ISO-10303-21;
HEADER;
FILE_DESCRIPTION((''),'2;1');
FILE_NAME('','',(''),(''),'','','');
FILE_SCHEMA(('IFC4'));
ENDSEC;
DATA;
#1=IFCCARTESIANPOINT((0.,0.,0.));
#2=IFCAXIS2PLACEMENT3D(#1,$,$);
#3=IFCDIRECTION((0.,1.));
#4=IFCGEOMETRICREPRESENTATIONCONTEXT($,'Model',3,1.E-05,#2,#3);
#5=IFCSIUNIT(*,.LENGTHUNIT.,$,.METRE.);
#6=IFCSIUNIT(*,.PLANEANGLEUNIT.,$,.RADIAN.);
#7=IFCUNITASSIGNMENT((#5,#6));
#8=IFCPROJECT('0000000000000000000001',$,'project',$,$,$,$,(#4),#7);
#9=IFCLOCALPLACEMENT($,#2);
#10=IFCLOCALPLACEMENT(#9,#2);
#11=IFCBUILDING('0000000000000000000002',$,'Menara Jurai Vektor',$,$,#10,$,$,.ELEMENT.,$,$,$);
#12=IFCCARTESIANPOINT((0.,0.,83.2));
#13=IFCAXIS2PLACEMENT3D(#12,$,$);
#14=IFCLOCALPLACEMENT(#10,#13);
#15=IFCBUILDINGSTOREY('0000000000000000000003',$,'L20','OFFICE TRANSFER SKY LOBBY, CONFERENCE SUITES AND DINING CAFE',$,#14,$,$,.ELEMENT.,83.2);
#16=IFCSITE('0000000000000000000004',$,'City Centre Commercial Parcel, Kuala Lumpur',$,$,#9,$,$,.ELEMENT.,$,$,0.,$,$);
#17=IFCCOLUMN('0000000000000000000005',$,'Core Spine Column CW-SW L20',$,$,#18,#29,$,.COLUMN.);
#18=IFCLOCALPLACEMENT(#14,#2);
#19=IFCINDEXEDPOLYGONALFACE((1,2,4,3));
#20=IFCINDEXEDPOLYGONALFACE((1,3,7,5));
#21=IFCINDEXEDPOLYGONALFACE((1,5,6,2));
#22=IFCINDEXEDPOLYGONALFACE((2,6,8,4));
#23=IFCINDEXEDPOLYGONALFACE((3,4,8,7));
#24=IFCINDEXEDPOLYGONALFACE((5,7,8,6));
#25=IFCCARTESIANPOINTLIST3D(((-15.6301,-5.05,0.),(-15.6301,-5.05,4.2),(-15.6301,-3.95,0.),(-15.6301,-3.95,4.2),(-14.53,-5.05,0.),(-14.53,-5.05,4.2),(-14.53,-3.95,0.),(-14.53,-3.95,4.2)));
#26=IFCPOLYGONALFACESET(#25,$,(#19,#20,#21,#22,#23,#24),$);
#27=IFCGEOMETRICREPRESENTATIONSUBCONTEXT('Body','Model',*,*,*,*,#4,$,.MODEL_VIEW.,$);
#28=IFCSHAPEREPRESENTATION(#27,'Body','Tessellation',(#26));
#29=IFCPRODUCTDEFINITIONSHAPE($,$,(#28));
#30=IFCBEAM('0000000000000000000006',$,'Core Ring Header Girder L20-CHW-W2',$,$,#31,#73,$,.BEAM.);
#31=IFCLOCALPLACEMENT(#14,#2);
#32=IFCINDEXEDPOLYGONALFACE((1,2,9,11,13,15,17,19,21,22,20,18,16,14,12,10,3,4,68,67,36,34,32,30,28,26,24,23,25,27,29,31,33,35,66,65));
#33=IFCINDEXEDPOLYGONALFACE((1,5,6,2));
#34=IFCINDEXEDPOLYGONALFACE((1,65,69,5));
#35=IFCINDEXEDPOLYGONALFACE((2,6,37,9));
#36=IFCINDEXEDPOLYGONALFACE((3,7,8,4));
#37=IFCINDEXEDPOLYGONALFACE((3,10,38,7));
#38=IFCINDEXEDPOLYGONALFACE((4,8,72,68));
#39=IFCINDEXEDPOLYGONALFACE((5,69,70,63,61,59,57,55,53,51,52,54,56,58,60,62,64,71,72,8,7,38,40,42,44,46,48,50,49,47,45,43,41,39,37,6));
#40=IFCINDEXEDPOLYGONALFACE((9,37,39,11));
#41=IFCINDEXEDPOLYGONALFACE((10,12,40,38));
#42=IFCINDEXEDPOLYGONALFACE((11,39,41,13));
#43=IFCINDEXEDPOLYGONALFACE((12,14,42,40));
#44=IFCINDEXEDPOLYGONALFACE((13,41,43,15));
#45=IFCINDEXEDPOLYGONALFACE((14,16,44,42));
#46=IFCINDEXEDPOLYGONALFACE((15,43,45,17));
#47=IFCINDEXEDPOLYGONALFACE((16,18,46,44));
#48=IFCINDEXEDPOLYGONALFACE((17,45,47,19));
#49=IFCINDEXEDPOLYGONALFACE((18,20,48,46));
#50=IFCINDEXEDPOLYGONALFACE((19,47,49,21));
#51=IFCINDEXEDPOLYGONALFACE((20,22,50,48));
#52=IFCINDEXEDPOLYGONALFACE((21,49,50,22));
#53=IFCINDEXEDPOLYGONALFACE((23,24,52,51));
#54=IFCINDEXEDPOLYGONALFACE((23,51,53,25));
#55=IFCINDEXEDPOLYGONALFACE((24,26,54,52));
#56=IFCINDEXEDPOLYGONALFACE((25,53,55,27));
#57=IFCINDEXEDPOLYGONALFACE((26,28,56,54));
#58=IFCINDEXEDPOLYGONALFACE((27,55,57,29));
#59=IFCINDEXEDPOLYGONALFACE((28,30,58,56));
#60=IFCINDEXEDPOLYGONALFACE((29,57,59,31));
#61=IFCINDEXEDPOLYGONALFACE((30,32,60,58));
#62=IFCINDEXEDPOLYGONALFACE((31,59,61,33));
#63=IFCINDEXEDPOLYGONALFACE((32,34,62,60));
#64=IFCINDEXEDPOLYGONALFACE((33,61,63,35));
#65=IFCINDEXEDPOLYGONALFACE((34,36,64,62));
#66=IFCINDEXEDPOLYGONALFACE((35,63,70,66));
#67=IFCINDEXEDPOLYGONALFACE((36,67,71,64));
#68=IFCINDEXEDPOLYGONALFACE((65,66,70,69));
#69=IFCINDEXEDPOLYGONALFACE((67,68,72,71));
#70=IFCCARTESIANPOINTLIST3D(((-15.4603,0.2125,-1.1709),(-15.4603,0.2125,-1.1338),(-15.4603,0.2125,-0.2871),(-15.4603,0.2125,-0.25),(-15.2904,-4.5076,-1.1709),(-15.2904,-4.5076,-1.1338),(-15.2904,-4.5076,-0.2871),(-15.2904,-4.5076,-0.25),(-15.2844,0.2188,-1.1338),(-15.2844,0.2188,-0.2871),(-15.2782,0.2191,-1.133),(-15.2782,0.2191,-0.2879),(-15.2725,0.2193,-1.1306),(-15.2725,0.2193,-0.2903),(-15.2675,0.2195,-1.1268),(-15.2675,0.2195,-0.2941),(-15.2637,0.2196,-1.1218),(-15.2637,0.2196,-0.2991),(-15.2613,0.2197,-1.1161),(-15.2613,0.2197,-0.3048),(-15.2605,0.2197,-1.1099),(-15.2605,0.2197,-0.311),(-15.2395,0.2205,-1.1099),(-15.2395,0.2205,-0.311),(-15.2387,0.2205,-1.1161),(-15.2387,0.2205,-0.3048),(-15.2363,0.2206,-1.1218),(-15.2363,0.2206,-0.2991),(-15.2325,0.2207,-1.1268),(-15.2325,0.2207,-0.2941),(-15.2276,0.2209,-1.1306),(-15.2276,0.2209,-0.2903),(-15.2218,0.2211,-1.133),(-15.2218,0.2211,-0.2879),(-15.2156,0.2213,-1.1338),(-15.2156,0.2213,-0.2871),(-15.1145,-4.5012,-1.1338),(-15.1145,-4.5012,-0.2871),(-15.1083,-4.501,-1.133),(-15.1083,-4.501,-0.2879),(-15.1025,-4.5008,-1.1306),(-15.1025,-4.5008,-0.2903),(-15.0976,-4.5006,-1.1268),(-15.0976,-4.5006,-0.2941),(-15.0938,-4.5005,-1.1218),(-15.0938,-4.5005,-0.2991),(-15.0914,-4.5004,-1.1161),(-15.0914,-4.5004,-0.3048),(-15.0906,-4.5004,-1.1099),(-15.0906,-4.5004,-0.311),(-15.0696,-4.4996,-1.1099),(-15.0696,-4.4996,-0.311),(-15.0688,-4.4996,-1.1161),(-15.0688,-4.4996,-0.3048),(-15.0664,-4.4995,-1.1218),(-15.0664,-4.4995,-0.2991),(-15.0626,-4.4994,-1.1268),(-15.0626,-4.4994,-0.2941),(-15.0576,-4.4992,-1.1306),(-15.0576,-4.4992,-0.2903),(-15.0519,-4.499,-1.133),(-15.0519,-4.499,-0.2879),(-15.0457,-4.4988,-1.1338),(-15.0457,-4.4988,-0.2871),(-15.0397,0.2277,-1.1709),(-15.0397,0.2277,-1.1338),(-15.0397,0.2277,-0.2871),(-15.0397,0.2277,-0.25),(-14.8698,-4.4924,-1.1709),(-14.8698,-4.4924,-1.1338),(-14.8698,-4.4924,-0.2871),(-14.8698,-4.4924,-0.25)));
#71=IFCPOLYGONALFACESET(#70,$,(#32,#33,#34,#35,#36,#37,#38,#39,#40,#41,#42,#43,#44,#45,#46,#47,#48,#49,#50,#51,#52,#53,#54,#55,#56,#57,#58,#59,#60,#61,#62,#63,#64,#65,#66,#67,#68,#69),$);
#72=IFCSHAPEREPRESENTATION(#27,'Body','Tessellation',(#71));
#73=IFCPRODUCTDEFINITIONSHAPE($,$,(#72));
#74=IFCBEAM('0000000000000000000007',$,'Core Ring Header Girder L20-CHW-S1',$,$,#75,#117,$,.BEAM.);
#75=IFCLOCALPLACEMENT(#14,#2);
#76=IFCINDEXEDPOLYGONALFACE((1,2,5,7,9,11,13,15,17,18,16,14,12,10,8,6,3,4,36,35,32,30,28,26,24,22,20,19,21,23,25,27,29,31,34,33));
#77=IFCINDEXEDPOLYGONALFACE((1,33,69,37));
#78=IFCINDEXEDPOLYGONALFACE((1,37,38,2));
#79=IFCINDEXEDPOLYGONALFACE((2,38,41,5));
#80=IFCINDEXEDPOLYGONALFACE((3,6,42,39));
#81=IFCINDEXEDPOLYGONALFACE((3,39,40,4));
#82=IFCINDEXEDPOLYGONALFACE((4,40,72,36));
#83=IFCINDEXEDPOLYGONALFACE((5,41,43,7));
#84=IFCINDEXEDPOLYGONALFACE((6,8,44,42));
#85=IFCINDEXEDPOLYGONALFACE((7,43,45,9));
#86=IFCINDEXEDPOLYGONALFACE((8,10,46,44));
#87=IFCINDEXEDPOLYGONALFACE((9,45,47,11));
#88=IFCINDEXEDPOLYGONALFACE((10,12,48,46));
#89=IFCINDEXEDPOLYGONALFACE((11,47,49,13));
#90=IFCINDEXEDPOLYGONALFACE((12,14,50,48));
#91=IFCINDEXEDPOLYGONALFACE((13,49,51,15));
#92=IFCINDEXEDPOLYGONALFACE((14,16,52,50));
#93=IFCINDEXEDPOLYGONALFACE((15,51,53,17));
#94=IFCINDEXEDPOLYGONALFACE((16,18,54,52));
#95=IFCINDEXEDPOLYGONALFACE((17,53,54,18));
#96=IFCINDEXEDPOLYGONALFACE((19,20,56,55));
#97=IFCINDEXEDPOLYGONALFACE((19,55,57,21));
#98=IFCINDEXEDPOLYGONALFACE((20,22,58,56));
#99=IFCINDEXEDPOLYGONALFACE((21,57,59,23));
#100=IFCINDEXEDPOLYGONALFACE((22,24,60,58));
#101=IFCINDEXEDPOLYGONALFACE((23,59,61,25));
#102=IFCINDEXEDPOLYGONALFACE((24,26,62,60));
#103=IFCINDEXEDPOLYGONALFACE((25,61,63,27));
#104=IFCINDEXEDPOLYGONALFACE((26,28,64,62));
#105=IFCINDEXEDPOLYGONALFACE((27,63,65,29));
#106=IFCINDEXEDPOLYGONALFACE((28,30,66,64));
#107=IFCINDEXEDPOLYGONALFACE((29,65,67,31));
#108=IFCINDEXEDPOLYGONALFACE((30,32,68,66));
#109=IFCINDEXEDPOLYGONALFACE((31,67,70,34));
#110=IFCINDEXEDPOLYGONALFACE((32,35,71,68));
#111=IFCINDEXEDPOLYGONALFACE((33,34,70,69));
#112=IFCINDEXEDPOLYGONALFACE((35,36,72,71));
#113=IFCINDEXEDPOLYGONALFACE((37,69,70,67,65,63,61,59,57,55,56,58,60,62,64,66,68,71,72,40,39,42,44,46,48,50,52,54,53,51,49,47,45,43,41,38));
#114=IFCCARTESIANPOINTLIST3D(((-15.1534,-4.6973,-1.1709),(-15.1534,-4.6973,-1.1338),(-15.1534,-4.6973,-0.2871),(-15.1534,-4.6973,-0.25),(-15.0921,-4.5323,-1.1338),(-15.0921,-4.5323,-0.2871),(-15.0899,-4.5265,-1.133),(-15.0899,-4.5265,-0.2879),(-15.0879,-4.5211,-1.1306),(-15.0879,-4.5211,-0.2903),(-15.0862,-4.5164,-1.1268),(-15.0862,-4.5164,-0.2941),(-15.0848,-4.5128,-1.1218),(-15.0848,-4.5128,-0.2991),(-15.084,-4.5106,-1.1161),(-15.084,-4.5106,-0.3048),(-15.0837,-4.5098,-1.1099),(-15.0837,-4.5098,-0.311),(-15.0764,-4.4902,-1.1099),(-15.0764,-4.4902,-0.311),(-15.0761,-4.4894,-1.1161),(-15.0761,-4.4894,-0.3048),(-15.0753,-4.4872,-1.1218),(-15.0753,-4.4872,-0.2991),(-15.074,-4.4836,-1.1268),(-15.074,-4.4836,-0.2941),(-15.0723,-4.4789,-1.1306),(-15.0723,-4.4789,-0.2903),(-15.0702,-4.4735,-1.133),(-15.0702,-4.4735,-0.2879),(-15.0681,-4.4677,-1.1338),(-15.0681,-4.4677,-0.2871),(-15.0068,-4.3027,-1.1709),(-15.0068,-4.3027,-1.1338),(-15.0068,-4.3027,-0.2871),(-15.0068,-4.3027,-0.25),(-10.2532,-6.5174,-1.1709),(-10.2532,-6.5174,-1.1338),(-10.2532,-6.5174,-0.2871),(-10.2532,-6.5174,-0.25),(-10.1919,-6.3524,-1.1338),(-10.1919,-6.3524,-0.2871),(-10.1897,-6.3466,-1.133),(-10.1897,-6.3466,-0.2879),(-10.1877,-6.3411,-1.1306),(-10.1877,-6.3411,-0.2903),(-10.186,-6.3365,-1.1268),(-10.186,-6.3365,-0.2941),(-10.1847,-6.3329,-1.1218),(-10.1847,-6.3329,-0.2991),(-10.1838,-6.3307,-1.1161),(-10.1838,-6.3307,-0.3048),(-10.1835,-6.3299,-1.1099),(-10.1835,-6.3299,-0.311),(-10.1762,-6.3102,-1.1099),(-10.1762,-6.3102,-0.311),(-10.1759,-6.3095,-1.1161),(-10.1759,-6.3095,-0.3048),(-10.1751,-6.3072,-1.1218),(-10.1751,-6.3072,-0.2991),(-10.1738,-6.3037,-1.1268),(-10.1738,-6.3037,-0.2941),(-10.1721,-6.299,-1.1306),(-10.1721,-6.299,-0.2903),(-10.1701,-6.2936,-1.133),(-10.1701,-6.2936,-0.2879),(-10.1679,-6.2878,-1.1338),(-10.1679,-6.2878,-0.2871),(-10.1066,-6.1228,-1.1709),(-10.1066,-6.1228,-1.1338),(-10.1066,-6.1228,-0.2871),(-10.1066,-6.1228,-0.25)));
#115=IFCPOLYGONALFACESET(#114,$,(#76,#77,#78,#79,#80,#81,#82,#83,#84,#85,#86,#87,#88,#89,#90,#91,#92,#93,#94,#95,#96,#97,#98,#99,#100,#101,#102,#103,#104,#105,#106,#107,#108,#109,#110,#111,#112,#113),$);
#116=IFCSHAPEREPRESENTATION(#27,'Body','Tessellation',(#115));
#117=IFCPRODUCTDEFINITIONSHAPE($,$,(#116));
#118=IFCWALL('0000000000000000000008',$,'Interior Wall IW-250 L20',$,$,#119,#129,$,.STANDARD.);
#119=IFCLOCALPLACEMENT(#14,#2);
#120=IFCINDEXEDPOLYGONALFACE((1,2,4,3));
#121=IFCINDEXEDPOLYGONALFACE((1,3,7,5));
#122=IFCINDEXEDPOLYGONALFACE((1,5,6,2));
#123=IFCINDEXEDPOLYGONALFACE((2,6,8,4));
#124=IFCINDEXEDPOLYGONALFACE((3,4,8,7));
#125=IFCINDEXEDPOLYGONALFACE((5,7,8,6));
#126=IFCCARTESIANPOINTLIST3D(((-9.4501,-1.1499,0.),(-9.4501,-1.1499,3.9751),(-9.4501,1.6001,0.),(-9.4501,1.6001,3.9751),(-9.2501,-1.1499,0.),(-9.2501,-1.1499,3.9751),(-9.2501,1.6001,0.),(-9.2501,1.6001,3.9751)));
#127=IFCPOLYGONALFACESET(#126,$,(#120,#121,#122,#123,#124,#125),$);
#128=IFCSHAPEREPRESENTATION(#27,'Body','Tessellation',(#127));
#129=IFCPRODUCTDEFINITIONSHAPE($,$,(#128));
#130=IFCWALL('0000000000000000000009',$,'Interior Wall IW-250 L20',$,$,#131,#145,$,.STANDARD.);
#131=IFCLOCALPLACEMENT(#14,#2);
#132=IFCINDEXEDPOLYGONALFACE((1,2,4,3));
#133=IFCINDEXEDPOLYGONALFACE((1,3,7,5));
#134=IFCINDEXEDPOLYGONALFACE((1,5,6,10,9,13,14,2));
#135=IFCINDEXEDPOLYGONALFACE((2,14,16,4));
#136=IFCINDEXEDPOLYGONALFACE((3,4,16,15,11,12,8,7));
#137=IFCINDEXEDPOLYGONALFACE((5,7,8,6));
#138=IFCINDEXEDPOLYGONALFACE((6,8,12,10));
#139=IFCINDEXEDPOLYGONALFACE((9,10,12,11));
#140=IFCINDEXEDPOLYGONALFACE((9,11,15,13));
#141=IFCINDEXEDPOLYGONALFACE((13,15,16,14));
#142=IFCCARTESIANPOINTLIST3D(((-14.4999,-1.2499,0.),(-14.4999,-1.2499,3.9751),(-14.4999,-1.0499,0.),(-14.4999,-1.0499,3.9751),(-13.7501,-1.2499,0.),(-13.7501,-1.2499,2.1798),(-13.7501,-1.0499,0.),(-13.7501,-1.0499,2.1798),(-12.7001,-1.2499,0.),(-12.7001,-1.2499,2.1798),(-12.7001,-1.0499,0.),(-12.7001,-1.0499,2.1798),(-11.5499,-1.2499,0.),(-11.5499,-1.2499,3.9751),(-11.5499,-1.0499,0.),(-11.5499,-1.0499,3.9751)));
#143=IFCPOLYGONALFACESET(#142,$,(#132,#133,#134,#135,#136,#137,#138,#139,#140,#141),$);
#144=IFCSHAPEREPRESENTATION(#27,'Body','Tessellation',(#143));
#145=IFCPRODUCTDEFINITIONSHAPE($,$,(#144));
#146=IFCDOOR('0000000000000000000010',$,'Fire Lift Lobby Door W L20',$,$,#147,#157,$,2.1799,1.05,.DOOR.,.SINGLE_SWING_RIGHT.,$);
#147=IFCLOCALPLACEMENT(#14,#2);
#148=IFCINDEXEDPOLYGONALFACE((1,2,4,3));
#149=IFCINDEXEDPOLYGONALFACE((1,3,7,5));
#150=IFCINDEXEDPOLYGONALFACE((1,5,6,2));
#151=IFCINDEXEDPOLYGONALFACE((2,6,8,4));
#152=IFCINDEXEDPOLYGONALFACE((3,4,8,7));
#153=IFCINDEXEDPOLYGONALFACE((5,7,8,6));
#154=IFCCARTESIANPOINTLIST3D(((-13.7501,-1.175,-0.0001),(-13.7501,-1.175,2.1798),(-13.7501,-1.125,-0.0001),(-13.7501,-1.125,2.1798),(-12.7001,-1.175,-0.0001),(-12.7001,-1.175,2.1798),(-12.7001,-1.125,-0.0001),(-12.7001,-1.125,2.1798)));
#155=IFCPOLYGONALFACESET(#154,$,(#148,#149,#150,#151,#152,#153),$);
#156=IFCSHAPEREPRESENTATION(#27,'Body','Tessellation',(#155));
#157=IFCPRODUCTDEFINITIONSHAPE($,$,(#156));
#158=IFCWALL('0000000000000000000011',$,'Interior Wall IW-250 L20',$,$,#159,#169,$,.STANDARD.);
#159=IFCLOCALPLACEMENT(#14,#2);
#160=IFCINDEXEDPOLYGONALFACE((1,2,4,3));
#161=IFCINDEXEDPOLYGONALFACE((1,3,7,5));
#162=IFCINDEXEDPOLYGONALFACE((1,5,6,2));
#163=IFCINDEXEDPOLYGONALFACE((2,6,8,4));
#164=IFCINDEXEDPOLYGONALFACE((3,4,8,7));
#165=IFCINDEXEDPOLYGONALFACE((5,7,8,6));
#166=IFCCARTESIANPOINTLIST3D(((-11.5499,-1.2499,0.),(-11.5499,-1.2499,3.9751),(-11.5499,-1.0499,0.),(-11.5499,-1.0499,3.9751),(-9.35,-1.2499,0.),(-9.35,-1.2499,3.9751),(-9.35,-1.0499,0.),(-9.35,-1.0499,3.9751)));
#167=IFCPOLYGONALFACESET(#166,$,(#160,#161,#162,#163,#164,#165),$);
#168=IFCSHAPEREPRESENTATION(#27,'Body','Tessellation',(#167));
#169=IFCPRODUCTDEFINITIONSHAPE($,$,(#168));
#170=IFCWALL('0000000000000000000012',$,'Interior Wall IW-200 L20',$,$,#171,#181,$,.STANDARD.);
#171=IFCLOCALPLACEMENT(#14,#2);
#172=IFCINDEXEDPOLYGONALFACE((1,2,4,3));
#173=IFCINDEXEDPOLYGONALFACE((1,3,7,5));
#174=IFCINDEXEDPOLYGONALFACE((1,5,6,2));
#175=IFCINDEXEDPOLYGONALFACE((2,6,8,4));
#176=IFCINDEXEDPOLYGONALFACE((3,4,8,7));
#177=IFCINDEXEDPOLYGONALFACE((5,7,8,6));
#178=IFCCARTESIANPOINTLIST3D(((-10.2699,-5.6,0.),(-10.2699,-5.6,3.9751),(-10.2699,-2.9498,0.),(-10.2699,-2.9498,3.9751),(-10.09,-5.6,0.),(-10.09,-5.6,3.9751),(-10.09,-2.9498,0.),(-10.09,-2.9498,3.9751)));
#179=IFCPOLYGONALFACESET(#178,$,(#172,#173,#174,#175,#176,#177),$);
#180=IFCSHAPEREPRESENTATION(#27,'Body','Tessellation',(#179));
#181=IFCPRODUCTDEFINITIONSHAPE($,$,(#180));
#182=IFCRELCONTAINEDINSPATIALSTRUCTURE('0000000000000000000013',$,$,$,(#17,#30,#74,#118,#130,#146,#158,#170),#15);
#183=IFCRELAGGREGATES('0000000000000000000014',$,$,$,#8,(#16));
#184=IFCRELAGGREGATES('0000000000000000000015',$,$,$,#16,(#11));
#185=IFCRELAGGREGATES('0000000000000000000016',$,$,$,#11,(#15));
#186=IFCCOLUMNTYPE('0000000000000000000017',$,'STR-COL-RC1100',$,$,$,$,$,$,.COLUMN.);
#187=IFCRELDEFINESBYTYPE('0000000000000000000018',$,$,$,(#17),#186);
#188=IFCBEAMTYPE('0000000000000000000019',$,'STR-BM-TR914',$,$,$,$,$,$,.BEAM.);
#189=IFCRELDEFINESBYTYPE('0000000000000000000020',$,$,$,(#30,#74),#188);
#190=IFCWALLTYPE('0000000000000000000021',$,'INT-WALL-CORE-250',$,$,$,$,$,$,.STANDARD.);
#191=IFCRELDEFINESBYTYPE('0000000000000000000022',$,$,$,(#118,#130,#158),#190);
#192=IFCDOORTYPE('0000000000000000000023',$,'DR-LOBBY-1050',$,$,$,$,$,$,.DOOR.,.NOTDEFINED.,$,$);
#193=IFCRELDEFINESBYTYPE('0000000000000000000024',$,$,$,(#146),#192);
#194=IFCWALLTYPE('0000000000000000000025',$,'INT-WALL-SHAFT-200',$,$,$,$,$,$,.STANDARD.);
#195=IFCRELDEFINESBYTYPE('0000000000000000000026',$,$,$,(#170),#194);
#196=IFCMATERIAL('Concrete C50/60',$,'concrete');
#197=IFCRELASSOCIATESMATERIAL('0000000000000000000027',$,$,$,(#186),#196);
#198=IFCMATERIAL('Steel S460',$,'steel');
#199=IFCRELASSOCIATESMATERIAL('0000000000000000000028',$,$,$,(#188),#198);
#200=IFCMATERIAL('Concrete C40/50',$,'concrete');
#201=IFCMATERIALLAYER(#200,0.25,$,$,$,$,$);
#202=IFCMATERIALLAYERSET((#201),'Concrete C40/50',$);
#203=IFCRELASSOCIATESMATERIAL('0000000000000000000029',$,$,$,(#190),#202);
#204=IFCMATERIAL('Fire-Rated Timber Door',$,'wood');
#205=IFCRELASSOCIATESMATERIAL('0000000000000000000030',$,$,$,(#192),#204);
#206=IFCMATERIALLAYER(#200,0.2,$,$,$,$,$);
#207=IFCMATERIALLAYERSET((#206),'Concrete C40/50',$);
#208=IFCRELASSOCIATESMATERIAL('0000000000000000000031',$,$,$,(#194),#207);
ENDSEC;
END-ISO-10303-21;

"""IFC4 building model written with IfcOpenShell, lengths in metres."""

from ifc_helpers import new_model, si_unit, direction, frame, frame_2d, origin, origin_2d, place, context, subcontext, project, spatial, rectangle, i_section, extrude, material, layer, layer_set, material_profile, profile_set, type_object, element, fill, save


model = new_model("IFC4")

# Units and contexts
model_context = context("Model", 3, precision=1e-05, world=origin(), true_north=direction((0.0, 1.0)))
body_context = subcontext(model_context, "Body", "Model", "MODEL_VIEW")
ifc_project = project(units=[si_unit("LENGTHUNIT", "METRE"), si_unit("PLANEANGLEUNIT", "RADIAN")], contexts=[model_context])

# Site, building, storey
site_placement = place(None, origin())
site = spatial("IfcSite", under=ifc_project, at=site_placement, Name="City Centre Commercial Parcel, Kuala Lumpur", CompositionType="ELEMENT", RefElevation=0.0)
building_placement = place(site_placement, origin())
building = spatial("IfcBuilding", under=site, at=building_placement, Name="Menara Jurai Vektor", CompositionType="ELEMENT")
storey_placement = place(building_placement, frame((0.0, 0.0, 83.2)))
storey = spatial("IfcBuildingStorey", under=building, at=storey_placement, Name="L20", Description="OFFICE TRANSFER SKY LOBBY, CONFERENCE SUITES AND DINING CAFE", CompositionType="ELEMENT", Elevation=83.2)

# Column
ifc_material_1 = material(Name="Concrete C50/60", Category="concrete")
ifc_material_profile_1 = material_profile(ifc_material_1, rectangle(XDim=1.1001, YDim=1.1001, at=origin_2d()), Name="RC 1100x1100")
ifc_profile_set_1 = profile_set([ifc_material_profile_1], Name="Concrete C50/60")
column_type = type_object("IfcColumnType", Name="STR-COL-RC1100", PredefinedType="COLUMN", material=ifc_profile_set_1)
column_placement = place(storey_placement, frame((-15.0801, -4.5, 0.0), z_axis=(0.0, 0.0, 1.0), x_axis=(1.0, 0.0, 0.0)))
element("IfcColumn", 1, at=column_placement, inside=storey, type_object=column_type, Name="Core Spine Column CW-SW L20", PredefinedType="COLUMN", context=body_context, shape_type="SweptSolid", body=[
    extrude(rectangle(XDim=1.1001, YDim=1.1001, at=origin_2d()), origin(), (0.0, 0.0, 1.0), 4.2),
])

# Beams
ifc_material_2 = material(Name="Steel S460", Category="steel")
ifc_material_profile_2 = material_profile(ifc_material_2, i_section(OverallWidth=0.4209, OverallDepth=0.9209, WebThickness=0.021, FlangeThickness=0.0371, FilletRadius=0.0239, at=origin_2d()), Name="UKB 914x419x388")
ifc_profile_set_2 = profile_set([ifc_material_profile_2], Name="Steel S460")
beam_type = type_object("IfcBeamType", Name="STR-BM-TR914", PredefinedType="BEAM", material=ifc_profile_set_2)
beam_1_placement = place(storey_placement, frame((-15.0801, -4.5, -0.7104), z_axis=(-0.035977, 0.999353, 0.0), x_axis=(-0.999353, -0.035977, 0.0)))
element("IfcBeam", 2, at=beam_1_placement, inside=storey, type_object=beam_type, Name="Core Ring Header Girder L20-CHW-W2", PredefinedType="BEAM", context=body_context, shape_type="SweptSolid", body=[
    extrude(i_section(OverallWidth=0.4209, OverallDepth=0.9209, WebThickness=0.021, FlangeThickness=0.0371, FilletRadius=0.0239, at=origin_2d()), origin(), (0.0, 0.0, 1.0), 4.7231),
])
beam_2_placement = place(storey_placement, frame((-15.0801, -4.5, -0.7104), z_axis=(0.937424, -0.348189, 0.0), x_axis=(0.348189, 0.937424, 0.0)))
element("IfcBeam", 3, at=beam_2_placement, inside=storey, type_object=beam_type, Name="Core Ring Header Girder L20-CHW-S1", PredefinedType="BEAM", context=body_context, shape_type="SweptSolid", body=[
    extrude(i_section(OverallWidth=0.4209, OverallDepth=0.9209, WebThickness=0.021, FlangeThickness=0.0371, FilletRadius=0.0239, at=origin_2d()), origin(), (0.0, 0.0, 1.0), 5.2273),
])

# Shared definitions
ifc_material_3 = material(Name="Concrete C40/50", Category="concrete")
ifc_layer_1 = layer(ifc_material_3, 0.25)
ifc_layer_set_1 = layer_set([ifc_layer_1], Name="Concrete C40/50")
wall_type_1 = type_object("IfcWallType", Name="INT-WALL-CORE-250", PredefinedType="STANDARD", material=ifc_layer_set_1)

# Wall
wall_1_placement = place(storey_placement, frame((-9.3501, -1.1499, 0.0), z_axis=(0.0, 0.0, 1.0), x_axis=(0.0, 1.0, 0.0)))
element("IfcWall", 4, at=wall_1_placement, inside=storey, type_object=wall_type_1, Name="Interior Wall IW-250 L20", PredefinedType="STANDARD", context=body_context, shape_type="SweptSolid", body=[
    extrude(rectangle(XDim=2.75, YDim=0.2, at=frame_2d((1.375, 0.0))), origin(), (0.0, 0.0, 1.0), 3.9751),
])

# Wall, opening, door
wall_2_placement = place(storey_placement, frame((-14.5, -1.1499, 0.0), z_axis=(0.0, 0.0, 1.0), x_axis=(1.0, 0.0, 0.0)))
wall_2 = element("IfcWall", 5, at=wall_2_placement, inside=storey, type_object=wall_type_1, Name="Interior Wall IW-250 L20", PredefinedType="STANDARD", context=body_context, shape_type="SweptSolid", body=[
    extrude(rectangle(XDim=2.95, YDim=0.2, at=frame_2d((1.4751, 0.0))), origin(), (0.0, 0.0, 1.0), 3.9751),
])
opening_1_placement = place(wall_2_placement, frame((0.75, 0.0, 0.0)))
opening_1 = element("IfcOpeningElement", 6, at=opening_1_placement, cuts=wall_2, PredefinedType="OPENING", context=body_context, shape_type="SweptSolid", body=[
    extrude(rectangle(XDim=1.05, YDim=2.1799, at=frame_2d((0.5249, 1.0898))), frame((0.0, 0.1099, 0.0), z_axis=(0.0, -1.0, 0.0), x_axis=(1.0, 0.0, 0.0)), (0.0, 0.0, 1.0), 0.22),
])
ifc_material_4 = material(Name="Fire-Rated Timber Door", Category="wood")
door_type_1 = type_object("IfcDoorType", Name="DR-LOBBY-1050", OperationType="NOTDEFINED", PredefinedType="DOOR", material=ifc_material_4)
door_1_placement = place(opening_1_placement, origin())
door_1 = element("IfcDoor", 7, at=door_1_placement, inside=storey, type_object=door_type_1, Name="Fire Lift Lobby Door W L20", OperationType="SINGLE_SWING_RIGHT", OverallHeight=2.1799, OverallWidth=1.05, PredefinedType="DOOR", context=body_context, shape_type="SweptSolid", body=[
    extrude(rectangle(XDim=1.05, YDim=2.1799, at=frame_2d((0.5249, 1.0898))), frame((0.0, 0.0249, 0.0), z_axis=(0.0, -1.0, 0.0), x_axis=(1.0, 0.0, 0.0)), (0.0, 0.0, 1.0), 0.05),
])
fill(opening_1, door_1)

# Wall
wall_3_placement = place(storey_placement, frame((-11.55, -1.1499, 0.0), z_axis=(0.0, 0.0, 1.0), x_axis=(1.0, 0.0, 0.0)))
element("IfcWall", 8, at=wall_3_placement, inside=storey, type_object=wall_type_1, Name="Interior Wall IW-250 L20", PredefinedType="STANDARD", context=body_context, shape_type="SweptSolid", body=[
    extrude(rectangle(XDim=2.2, YDim=0.2, at=frame_2d((1.1001, 0.0))), origin(), (0.0, 0.0, 1.0), 3.9751),
])

# Shared definitions
ifc_layer_2 = layer(ifc_material_3, 0.2)
ifc_layer_set_2 = layer_set([ifc_layer_2], Name="Concrete C40/50")
wall_type_2 = type_object("IfcWallType", Name="INT-WALL-SHAFT-200", PredefinedType="STANDARD", material=ifc_layer_set_2)

# Wall
for number, where, z_axis, x_axis, name in (
    (9, (-10.1799, -5.6001, 0.0), (0.0, 0.0, 1.0), (0.0, 1.0, 0.0), "Interior Wall IW-200 L20"),
):
    element("IfcWall", number, at=place(storey_placement, frame(where, z_axis=z_axis, x_axis=x_axis)), inside=storey, type_object=wall_type_2, Name=name, PredefinedType="STANDARD", context=body_context, shape_type="SweptSolid", body=[
        extrude(rectangle(XDim=2.6501, YDim=0.1799, at=frame_2d((1.3252, 0.0))), origin(), (0.0, 0.0, 1.0), 3.9751),
    ])

save(model, "model.ifc")
